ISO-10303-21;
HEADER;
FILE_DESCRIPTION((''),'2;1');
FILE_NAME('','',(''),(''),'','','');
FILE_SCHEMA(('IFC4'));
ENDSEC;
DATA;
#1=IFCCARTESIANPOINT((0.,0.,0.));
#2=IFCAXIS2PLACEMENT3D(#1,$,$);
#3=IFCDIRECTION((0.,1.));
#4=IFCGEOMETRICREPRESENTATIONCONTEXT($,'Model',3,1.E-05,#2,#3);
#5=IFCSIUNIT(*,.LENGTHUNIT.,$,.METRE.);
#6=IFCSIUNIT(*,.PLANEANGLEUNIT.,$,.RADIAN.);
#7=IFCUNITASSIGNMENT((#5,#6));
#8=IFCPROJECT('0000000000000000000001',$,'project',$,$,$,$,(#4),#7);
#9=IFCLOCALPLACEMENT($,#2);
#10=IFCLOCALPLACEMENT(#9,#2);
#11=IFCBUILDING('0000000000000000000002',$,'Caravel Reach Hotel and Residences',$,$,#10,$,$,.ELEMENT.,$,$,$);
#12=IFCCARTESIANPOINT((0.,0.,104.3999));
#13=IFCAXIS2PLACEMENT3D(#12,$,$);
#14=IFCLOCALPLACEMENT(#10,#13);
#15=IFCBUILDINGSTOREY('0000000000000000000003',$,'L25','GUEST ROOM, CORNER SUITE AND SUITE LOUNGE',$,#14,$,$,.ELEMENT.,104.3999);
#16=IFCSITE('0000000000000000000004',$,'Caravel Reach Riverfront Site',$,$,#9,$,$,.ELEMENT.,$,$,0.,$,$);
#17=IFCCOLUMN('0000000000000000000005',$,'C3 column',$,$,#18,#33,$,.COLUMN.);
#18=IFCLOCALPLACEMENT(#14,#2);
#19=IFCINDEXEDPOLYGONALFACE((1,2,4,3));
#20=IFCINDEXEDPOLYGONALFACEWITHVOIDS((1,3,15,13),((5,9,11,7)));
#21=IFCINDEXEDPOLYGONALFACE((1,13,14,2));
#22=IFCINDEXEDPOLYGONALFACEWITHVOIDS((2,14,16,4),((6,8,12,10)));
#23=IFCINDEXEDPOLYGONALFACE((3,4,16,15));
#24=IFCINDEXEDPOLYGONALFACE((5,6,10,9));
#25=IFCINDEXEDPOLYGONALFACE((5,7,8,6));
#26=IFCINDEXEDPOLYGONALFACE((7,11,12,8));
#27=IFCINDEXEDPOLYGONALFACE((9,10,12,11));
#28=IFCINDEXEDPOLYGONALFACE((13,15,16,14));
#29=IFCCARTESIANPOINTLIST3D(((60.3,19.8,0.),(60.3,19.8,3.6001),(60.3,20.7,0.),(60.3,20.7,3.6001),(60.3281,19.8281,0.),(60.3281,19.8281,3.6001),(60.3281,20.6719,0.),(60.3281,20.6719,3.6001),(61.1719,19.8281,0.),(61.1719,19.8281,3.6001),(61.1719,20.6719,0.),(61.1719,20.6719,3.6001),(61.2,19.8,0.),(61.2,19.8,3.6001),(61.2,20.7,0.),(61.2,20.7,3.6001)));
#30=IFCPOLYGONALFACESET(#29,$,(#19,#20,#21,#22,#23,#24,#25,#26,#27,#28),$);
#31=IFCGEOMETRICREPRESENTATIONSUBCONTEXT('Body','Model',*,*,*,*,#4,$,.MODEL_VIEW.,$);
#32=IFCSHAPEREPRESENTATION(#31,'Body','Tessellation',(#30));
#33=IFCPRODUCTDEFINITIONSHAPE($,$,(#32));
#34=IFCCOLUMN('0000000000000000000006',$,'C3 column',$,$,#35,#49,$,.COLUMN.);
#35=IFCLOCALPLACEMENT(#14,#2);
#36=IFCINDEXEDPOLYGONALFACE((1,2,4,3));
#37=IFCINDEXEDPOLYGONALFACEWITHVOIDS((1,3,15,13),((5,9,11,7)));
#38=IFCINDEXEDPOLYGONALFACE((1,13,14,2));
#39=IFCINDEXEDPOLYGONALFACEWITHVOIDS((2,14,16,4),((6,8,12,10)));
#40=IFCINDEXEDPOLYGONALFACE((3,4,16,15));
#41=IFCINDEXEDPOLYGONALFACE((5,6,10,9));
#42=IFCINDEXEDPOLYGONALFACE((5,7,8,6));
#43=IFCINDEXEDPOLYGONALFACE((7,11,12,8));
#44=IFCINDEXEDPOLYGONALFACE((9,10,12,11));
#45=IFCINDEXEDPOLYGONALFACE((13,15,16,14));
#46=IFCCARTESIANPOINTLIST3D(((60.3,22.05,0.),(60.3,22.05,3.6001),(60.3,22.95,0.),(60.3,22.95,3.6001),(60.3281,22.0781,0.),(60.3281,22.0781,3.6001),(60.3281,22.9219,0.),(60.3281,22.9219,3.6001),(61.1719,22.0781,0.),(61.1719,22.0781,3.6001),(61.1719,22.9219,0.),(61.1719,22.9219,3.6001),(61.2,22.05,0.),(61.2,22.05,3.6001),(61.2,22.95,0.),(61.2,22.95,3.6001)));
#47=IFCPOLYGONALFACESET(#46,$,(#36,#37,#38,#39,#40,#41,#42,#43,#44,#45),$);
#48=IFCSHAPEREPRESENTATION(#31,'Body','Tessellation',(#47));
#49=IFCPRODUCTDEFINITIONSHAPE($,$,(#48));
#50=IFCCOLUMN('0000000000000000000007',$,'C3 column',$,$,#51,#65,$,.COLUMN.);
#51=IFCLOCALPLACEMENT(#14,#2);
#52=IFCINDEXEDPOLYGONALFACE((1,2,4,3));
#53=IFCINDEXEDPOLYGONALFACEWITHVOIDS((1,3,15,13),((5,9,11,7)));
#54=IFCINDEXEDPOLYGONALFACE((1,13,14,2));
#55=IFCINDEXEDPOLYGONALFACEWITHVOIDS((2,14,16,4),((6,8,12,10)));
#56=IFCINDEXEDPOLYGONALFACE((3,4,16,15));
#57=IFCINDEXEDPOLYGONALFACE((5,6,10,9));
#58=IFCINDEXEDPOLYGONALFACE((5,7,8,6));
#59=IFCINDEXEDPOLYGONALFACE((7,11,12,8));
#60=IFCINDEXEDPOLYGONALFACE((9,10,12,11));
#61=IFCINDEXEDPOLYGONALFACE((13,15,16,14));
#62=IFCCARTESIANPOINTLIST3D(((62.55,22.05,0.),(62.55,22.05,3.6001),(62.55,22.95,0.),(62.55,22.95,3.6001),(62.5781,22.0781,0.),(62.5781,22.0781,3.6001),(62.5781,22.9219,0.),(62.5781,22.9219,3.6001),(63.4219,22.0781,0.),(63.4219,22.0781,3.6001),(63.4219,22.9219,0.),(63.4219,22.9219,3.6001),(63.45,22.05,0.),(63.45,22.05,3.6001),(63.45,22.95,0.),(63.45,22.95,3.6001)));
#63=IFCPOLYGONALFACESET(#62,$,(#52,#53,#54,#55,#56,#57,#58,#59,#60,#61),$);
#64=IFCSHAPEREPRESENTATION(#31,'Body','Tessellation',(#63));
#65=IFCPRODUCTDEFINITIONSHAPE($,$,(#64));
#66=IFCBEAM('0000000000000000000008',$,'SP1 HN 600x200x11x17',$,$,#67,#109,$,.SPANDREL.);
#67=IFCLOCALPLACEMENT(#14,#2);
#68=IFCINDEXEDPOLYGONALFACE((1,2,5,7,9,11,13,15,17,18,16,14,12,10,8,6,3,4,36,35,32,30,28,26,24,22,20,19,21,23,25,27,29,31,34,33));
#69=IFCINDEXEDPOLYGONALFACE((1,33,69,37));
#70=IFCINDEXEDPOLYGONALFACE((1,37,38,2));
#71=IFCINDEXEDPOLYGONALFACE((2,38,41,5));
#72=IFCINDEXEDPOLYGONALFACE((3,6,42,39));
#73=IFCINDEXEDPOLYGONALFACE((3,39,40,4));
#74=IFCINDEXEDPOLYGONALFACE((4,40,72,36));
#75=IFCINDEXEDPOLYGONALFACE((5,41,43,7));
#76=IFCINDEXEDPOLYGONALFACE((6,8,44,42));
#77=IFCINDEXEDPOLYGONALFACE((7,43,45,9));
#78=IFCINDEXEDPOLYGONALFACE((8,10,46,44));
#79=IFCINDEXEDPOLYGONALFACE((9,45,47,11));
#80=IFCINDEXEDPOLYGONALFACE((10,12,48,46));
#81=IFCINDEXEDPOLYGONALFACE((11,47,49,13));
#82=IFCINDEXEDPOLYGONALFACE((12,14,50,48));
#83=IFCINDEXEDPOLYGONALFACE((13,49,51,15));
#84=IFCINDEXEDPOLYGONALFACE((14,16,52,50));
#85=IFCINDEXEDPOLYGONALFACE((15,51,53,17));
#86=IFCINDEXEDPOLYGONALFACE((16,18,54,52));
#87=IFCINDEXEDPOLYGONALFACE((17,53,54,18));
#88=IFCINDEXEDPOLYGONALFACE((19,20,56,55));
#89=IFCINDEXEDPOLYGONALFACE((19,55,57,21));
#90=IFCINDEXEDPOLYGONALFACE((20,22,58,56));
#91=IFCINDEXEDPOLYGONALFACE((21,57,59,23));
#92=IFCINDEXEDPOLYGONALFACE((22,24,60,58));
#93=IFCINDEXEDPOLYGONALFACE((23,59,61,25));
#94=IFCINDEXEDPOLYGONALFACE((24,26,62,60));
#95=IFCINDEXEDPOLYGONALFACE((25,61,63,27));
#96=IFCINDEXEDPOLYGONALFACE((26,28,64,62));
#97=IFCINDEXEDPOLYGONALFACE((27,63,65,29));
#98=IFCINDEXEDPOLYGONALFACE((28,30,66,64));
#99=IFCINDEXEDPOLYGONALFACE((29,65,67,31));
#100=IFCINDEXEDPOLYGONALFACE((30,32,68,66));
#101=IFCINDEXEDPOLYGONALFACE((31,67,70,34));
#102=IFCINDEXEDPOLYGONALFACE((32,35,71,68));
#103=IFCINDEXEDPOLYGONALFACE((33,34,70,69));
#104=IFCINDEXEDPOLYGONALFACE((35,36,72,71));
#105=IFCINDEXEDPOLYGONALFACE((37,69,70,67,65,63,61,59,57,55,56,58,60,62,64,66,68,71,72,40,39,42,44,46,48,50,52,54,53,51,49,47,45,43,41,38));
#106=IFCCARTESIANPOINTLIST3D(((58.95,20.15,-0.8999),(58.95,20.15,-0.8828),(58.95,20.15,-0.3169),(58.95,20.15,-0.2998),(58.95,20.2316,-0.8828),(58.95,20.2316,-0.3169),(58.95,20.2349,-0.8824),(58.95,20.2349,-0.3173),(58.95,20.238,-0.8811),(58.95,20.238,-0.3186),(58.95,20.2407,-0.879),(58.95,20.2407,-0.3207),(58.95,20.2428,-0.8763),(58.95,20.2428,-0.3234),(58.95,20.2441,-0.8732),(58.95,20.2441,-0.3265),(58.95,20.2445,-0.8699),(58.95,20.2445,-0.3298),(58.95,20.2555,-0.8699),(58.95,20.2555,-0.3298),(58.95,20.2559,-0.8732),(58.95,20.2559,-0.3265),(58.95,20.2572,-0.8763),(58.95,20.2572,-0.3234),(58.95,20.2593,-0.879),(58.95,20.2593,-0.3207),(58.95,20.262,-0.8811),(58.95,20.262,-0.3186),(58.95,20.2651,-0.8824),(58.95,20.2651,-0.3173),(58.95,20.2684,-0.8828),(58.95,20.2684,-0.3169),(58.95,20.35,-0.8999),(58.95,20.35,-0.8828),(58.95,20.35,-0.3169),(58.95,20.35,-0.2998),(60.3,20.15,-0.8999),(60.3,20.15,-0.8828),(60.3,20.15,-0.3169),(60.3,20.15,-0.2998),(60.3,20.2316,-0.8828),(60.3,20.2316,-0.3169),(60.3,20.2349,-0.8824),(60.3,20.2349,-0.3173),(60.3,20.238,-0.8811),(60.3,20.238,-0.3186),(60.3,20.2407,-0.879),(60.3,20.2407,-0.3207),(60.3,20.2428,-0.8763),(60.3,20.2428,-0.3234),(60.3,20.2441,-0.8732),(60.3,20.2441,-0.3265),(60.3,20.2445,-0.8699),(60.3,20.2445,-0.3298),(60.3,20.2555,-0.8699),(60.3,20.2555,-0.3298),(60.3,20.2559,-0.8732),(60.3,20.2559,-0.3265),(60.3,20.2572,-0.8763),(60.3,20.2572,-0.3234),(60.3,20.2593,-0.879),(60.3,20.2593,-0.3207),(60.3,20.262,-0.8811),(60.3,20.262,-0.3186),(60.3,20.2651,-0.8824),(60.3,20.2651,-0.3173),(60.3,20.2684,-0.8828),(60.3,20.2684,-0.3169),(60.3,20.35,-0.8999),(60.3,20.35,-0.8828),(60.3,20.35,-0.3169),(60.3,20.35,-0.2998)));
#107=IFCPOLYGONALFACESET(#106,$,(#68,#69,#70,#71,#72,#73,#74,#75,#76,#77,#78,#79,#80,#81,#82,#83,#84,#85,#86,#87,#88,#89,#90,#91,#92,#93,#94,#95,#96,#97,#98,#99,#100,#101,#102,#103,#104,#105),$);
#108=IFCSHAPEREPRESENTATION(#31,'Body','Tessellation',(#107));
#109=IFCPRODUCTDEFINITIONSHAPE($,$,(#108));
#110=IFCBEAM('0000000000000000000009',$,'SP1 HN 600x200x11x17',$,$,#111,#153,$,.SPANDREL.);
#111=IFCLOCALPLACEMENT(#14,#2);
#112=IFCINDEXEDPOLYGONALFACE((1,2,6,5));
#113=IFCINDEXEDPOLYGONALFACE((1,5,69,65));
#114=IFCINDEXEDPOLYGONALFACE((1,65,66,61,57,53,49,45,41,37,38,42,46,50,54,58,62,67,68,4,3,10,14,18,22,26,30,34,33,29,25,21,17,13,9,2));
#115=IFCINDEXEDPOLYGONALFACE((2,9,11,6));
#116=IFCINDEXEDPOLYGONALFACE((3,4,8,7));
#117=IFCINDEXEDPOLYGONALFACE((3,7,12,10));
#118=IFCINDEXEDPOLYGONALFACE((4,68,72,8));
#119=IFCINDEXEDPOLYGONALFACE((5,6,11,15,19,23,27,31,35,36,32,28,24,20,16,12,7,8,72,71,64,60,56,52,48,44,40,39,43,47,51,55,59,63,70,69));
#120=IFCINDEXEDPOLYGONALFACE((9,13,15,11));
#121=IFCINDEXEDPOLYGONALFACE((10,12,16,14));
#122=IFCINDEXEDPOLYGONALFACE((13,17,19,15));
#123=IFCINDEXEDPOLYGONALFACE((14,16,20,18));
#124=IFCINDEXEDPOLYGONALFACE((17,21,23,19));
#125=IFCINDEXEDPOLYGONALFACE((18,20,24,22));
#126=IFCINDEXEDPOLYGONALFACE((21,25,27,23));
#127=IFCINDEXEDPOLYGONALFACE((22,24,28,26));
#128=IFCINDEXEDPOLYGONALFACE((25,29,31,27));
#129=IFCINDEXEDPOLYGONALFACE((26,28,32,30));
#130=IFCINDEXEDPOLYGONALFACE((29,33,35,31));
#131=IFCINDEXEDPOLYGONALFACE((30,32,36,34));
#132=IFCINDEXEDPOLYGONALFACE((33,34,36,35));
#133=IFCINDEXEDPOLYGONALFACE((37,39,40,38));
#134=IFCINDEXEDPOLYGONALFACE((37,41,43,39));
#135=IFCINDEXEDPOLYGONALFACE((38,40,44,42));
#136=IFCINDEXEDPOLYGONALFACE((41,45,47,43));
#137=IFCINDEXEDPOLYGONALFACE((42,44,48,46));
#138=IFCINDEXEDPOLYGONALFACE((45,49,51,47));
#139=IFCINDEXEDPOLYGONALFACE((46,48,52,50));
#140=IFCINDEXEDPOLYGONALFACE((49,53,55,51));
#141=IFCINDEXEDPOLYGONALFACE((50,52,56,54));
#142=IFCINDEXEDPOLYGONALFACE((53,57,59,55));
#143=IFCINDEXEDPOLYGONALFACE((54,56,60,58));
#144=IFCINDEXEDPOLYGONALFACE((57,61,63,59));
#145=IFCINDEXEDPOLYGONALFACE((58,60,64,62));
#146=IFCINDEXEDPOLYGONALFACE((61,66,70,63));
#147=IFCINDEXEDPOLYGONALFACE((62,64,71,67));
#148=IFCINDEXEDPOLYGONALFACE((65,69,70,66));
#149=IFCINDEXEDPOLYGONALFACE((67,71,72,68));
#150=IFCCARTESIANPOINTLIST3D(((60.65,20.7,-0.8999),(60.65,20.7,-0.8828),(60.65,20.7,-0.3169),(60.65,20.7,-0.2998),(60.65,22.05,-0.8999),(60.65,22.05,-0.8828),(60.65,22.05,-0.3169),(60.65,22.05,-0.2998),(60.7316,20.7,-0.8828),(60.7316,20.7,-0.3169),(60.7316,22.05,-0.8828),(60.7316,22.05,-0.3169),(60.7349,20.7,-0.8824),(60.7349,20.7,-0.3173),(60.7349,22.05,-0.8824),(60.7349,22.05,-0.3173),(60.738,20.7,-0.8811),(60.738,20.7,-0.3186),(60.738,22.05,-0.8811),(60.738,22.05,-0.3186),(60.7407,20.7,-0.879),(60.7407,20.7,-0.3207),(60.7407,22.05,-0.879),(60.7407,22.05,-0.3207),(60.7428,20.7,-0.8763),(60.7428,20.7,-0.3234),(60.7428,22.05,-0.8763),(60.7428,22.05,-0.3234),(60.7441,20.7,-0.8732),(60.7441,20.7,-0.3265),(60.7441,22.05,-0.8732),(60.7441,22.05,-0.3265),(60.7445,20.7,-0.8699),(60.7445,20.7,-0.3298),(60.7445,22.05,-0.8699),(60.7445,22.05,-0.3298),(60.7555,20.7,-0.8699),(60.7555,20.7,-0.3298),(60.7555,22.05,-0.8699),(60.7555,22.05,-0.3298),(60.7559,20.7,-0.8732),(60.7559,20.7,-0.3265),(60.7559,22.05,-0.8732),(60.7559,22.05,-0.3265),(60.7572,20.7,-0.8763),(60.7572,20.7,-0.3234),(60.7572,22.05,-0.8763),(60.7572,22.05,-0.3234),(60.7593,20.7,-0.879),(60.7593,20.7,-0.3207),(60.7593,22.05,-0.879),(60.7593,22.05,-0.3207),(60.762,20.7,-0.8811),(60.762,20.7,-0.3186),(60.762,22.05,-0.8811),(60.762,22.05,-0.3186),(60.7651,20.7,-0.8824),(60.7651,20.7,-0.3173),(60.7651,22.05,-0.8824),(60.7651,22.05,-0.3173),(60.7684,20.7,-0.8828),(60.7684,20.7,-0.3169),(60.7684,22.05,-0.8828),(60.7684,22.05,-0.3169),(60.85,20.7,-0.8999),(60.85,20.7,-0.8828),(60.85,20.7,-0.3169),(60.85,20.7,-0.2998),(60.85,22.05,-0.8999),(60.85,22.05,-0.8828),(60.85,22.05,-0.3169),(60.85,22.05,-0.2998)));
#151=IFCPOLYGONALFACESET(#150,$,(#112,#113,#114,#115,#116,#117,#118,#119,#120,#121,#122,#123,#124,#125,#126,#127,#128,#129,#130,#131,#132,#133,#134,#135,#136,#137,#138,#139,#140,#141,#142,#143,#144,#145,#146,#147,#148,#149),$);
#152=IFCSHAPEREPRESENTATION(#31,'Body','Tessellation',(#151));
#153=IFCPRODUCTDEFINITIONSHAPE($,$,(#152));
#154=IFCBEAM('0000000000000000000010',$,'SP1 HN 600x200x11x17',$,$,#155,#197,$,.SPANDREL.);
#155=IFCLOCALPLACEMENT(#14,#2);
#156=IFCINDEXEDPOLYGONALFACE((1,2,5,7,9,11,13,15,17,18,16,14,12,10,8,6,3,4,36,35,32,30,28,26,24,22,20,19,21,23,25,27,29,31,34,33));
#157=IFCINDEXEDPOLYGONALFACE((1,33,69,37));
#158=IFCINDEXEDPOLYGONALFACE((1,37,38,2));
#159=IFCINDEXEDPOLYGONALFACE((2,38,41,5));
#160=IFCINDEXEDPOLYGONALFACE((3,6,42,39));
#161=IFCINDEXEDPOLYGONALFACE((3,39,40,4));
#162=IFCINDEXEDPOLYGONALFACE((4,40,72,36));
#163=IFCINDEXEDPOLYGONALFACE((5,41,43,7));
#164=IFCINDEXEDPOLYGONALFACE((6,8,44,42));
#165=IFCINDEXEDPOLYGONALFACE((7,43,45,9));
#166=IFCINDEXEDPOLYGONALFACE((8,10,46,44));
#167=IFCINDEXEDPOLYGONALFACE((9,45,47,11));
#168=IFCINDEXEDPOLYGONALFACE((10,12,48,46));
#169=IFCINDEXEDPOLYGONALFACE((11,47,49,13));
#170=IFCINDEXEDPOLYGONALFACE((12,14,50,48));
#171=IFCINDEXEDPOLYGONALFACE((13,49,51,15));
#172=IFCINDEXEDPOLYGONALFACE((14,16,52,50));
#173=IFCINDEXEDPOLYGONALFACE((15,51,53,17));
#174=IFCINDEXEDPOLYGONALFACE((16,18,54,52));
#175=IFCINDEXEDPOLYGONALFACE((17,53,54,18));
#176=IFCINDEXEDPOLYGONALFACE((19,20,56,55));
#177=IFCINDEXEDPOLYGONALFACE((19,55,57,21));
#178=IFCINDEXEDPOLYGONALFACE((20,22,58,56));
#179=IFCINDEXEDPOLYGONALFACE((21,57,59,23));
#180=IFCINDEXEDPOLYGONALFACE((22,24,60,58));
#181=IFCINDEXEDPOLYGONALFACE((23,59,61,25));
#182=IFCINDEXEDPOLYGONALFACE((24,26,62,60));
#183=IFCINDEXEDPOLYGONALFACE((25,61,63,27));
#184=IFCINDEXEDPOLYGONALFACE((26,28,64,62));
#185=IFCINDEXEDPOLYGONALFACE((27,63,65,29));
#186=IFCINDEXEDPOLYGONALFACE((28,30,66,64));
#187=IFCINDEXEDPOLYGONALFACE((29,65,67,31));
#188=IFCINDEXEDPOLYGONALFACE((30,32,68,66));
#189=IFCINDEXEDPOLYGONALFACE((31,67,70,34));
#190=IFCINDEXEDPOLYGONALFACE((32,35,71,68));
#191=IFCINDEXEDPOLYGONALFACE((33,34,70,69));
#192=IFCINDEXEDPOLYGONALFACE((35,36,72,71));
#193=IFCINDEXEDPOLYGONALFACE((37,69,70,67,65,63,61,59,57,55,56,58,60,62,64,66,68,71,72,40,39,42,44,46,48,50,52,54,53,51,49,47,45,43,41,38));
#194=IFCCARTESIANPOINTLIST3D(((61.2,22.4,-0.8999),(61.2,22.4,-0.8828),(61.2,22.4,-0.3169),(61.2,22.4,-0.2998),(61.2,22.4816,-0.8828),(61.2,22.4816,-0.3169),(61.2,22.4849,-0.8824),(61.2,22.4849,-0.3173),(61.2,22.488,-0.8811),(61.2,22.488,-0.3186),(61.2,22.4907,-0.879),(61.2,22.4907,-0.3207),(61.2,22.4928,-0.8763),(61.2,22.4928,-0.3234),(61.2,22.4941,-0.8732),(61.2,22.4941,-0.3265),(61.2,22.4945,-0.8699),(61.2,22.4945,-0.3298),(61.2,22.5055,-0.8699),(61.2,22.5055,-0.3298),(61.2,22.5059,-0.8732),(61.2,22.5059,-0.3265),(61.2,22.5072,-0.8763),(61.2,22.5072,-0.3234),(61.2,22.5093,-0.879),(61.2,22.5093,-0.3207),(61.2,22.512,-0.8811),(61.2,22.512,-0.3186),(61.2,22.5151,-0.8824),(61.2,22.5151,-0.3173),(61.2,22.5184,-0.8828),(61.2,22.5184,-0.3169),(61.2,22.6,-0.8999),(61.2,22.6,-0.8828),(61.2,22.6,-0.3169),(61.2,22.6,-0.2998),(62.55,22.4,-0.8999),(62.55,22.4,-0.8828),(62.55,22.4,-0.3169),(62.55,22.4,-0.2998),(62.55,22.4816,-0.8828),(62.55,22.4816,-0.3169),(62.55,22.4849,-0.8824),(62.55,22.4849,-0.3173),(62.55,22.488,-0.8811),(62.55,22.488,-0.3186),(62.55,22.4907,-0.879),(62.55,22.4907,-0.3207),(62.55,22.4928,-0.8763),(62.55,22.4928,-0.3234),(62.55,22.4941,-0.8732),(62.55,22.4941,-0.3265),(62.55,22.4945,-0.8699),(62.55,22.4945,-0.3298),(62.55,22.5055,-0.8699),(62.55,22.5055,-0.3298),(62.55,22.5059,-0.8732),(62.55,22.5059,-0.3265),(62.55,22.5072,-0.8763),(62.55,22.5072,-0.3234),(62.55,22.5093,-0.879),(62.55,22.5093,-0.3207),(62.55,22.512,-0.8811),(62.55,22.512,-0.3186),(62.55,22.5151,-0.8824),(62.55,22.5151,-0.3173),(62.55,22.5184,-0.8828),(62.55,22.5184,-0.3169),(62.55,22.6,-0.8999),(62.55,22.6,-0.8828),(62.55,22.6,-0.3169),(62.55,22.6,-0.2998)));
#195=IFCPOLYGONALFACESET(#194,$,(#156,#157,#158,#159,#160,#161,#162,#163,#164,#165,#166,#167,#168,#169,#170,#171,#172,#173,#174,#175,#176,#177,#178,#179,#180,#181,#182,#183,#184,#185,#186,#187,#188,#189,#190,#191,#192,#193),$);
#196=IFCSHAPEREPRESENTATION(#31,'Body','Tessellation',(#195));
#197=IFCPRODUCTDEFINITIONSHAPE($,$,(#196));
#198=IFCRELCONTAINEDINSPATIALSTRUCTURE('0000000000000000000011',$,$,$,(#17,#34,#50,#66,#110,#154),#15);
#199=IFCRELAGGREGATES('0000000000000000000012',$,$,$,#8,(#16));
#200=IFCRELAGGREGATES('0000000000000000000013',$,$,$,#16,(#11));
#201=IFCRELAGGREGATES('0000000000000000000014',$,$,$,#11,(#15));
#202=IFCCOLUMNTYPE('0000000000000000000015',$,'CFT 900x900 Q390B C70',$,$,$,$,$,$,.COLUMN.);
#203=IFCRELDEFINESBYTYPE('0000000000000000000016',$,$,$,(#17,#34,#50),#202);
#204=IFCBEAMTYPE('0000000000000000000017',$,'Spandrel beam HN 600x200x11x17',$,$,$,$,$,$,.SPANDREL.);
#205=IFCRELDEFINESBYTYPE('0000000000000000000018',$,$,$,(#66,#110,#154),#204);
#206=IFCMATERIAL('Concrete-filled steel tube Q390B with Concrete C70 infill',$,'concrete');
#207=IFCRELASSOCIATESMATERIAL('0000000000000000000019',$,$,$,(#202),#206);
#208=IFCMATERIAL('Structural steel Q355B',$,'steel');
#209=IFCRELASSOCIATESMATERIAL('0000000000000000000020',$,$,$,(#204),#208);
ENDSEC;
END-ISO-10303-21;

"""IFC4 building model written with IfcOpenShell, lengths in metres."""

from ifc_helpers import new_model, si_unit, direction, frame, origin, origin_2d, place, context, subcontext, project, spatial, hollow_rectangle, i_section, extrude, material, material_profile, profile_set, type_object, element, save


model = new_model("IFC4")

# Units and contexts
model_context = context("Model", 3, precision=1e-05, world=origin(), true_north=direction((0.0, 1.0)))
body_context = subcontext(model_context, "Body", "Model", "MODEL_VIEW")
ifc_project = project(units=[si_unit("LENGTHUNIT", "METRE"), si_unit("PLANEANGLEUNIT", "RADIAN")], contexts=[model_context])

# Site, building, storey
site_placement = place(None, origin())
site = spatial("IfcSite", under=ifc_project, at=site_placement, Name="Caravel Reach Riverfront Site", CompositionType="ELEMENT", RefElevation=0.0)
building_placement = place(site_placement, origin())
building = spatial("IfcBuilding", under=site, at=building_placement, Name="Caravel Reach Hotel and Residences", CompositionType="ELEMENT")
storey_placement = place(building_placement, frame((0.0, 0.0, 104.3999)))
storey = spatial("IfcBuildingStorey", under=building, at=storey_placement, Name="L25", Description="GUEST ROOM, CORNER SUITE AND SUITE LOUNGE", CompositionType="ELEMENT", Elevation=104.3999)

# Columns
ifc_material_1 = material(Name="Concrete-filled steel tube Q390B with Concrete C70 infill", Category="concrete")
ifc_material_profile_1 = material_profile(ifc_material_1, hollow_rectangle(XDim=0.8999, YDim=0.8999, WallThickness=0.0281, at=origin_2d()), Name="RHS 900x900x28")
ifc_profile_set_1 = profile_set([ifc_material_profile_1], Name="Concrete-filled steel tube Q390B with Concrete C70 infill")
column_type = type_object("IfcColumnType", Name="CFT 900x900 Q390B C70", PredefinedType="COLUMN", material=ifc_profile_set_1)
for number, where, z_axis, x_axis, name in (
    (1, (60.75, 20.25, 0.0), (0.0, 0.0, 1.0), (1.0, 0.0, 0.0), "C3 column"),
    (2, (60.75, 22.5, 0.0), (0.0, 0.0, 1.0), (1.0, 0.0, 0.0), "C3 column"),
    (3, (63.0, 22.5, 0.0), (0.0, 0.0, 1.0), (1.0, 0.0, 0.0), "C3 column"),
):
    element("IfcColumn", number, at=place(storey_placement, frame(where, z_axis=z_axis, x_axis=x_axis)), inside=storey, type_object=column_type, Name=name, PredefinedType="COLUMN", context=body_context, shape_type="SweptSolid", body=[
        extrude(hollow_rectangle(XDim=0.8999, YDim=0.8999, WallThickness=0.0281, at=origin_2d()), origin(), (0.0, 0.0, 1.0), 3.6001),
    ])

# Beams
ifc_material_2 = material(Name="Structural steel Q355B", Category="steel")
ifc_material_profile_2 = material_profile(ifc_material_2, i_section(OverallWidth=0.2, OverallDepth=0.6001, WebThickness=0.011, FlangeThickness=0.0171, FilletRadius=0.0129, at=origin_2d()), Name="HN 600x200x11x17")
ifc_profile_set_2 = profile_set([ifc_material_profile_2], Name="Structural steel Q355B")
beam_type = type_object("IfcBeamType", Name="Spandrel beam HN 600x200x11x17", PredefinedType="SPANDREL", material=ifc_profile_set_2)
for number, where, z_axis, x_axis, name in (
    (4, (58.95, 20.25, -0.5999), (1.0, 0.0, 0.0), (0.0, 1.0, 0.0), "SP1 HN 600x200x11x17"),
    (5, (60.75, 20.7, -0.5999), (0.0, 1.0, 0.0), (-1.0, 0.0, 0.0), "SP1 HN 600x200x11x17"),
    (6, (61.2, 22.5, -0.5999), (1.0, 0.0, 0.0), (0.0, 1.0, 0.0), "SP1 HN 600x200x11x17"),
):
    element("IfcBeam", number, at=place(storey_placement, frame(where, z_axis=z_axis, x_axis=x_axis)), inside=storey, type_object=beam_type, Name=name, PredefinedType="SPANDREL", context=body_context, shape_type="SweptSolid", body=[
        extrude(i_section(OverallWidth=0.2, OverallDepth=0.6001, WebThickness=0.011, FlangeThickness=0.0171, FilletRadius=0.0129, at=origin_2d()), origin(), (0.0, 0.0, 1.0), 1.3501),
    ])

save(model, "model.ifc")
